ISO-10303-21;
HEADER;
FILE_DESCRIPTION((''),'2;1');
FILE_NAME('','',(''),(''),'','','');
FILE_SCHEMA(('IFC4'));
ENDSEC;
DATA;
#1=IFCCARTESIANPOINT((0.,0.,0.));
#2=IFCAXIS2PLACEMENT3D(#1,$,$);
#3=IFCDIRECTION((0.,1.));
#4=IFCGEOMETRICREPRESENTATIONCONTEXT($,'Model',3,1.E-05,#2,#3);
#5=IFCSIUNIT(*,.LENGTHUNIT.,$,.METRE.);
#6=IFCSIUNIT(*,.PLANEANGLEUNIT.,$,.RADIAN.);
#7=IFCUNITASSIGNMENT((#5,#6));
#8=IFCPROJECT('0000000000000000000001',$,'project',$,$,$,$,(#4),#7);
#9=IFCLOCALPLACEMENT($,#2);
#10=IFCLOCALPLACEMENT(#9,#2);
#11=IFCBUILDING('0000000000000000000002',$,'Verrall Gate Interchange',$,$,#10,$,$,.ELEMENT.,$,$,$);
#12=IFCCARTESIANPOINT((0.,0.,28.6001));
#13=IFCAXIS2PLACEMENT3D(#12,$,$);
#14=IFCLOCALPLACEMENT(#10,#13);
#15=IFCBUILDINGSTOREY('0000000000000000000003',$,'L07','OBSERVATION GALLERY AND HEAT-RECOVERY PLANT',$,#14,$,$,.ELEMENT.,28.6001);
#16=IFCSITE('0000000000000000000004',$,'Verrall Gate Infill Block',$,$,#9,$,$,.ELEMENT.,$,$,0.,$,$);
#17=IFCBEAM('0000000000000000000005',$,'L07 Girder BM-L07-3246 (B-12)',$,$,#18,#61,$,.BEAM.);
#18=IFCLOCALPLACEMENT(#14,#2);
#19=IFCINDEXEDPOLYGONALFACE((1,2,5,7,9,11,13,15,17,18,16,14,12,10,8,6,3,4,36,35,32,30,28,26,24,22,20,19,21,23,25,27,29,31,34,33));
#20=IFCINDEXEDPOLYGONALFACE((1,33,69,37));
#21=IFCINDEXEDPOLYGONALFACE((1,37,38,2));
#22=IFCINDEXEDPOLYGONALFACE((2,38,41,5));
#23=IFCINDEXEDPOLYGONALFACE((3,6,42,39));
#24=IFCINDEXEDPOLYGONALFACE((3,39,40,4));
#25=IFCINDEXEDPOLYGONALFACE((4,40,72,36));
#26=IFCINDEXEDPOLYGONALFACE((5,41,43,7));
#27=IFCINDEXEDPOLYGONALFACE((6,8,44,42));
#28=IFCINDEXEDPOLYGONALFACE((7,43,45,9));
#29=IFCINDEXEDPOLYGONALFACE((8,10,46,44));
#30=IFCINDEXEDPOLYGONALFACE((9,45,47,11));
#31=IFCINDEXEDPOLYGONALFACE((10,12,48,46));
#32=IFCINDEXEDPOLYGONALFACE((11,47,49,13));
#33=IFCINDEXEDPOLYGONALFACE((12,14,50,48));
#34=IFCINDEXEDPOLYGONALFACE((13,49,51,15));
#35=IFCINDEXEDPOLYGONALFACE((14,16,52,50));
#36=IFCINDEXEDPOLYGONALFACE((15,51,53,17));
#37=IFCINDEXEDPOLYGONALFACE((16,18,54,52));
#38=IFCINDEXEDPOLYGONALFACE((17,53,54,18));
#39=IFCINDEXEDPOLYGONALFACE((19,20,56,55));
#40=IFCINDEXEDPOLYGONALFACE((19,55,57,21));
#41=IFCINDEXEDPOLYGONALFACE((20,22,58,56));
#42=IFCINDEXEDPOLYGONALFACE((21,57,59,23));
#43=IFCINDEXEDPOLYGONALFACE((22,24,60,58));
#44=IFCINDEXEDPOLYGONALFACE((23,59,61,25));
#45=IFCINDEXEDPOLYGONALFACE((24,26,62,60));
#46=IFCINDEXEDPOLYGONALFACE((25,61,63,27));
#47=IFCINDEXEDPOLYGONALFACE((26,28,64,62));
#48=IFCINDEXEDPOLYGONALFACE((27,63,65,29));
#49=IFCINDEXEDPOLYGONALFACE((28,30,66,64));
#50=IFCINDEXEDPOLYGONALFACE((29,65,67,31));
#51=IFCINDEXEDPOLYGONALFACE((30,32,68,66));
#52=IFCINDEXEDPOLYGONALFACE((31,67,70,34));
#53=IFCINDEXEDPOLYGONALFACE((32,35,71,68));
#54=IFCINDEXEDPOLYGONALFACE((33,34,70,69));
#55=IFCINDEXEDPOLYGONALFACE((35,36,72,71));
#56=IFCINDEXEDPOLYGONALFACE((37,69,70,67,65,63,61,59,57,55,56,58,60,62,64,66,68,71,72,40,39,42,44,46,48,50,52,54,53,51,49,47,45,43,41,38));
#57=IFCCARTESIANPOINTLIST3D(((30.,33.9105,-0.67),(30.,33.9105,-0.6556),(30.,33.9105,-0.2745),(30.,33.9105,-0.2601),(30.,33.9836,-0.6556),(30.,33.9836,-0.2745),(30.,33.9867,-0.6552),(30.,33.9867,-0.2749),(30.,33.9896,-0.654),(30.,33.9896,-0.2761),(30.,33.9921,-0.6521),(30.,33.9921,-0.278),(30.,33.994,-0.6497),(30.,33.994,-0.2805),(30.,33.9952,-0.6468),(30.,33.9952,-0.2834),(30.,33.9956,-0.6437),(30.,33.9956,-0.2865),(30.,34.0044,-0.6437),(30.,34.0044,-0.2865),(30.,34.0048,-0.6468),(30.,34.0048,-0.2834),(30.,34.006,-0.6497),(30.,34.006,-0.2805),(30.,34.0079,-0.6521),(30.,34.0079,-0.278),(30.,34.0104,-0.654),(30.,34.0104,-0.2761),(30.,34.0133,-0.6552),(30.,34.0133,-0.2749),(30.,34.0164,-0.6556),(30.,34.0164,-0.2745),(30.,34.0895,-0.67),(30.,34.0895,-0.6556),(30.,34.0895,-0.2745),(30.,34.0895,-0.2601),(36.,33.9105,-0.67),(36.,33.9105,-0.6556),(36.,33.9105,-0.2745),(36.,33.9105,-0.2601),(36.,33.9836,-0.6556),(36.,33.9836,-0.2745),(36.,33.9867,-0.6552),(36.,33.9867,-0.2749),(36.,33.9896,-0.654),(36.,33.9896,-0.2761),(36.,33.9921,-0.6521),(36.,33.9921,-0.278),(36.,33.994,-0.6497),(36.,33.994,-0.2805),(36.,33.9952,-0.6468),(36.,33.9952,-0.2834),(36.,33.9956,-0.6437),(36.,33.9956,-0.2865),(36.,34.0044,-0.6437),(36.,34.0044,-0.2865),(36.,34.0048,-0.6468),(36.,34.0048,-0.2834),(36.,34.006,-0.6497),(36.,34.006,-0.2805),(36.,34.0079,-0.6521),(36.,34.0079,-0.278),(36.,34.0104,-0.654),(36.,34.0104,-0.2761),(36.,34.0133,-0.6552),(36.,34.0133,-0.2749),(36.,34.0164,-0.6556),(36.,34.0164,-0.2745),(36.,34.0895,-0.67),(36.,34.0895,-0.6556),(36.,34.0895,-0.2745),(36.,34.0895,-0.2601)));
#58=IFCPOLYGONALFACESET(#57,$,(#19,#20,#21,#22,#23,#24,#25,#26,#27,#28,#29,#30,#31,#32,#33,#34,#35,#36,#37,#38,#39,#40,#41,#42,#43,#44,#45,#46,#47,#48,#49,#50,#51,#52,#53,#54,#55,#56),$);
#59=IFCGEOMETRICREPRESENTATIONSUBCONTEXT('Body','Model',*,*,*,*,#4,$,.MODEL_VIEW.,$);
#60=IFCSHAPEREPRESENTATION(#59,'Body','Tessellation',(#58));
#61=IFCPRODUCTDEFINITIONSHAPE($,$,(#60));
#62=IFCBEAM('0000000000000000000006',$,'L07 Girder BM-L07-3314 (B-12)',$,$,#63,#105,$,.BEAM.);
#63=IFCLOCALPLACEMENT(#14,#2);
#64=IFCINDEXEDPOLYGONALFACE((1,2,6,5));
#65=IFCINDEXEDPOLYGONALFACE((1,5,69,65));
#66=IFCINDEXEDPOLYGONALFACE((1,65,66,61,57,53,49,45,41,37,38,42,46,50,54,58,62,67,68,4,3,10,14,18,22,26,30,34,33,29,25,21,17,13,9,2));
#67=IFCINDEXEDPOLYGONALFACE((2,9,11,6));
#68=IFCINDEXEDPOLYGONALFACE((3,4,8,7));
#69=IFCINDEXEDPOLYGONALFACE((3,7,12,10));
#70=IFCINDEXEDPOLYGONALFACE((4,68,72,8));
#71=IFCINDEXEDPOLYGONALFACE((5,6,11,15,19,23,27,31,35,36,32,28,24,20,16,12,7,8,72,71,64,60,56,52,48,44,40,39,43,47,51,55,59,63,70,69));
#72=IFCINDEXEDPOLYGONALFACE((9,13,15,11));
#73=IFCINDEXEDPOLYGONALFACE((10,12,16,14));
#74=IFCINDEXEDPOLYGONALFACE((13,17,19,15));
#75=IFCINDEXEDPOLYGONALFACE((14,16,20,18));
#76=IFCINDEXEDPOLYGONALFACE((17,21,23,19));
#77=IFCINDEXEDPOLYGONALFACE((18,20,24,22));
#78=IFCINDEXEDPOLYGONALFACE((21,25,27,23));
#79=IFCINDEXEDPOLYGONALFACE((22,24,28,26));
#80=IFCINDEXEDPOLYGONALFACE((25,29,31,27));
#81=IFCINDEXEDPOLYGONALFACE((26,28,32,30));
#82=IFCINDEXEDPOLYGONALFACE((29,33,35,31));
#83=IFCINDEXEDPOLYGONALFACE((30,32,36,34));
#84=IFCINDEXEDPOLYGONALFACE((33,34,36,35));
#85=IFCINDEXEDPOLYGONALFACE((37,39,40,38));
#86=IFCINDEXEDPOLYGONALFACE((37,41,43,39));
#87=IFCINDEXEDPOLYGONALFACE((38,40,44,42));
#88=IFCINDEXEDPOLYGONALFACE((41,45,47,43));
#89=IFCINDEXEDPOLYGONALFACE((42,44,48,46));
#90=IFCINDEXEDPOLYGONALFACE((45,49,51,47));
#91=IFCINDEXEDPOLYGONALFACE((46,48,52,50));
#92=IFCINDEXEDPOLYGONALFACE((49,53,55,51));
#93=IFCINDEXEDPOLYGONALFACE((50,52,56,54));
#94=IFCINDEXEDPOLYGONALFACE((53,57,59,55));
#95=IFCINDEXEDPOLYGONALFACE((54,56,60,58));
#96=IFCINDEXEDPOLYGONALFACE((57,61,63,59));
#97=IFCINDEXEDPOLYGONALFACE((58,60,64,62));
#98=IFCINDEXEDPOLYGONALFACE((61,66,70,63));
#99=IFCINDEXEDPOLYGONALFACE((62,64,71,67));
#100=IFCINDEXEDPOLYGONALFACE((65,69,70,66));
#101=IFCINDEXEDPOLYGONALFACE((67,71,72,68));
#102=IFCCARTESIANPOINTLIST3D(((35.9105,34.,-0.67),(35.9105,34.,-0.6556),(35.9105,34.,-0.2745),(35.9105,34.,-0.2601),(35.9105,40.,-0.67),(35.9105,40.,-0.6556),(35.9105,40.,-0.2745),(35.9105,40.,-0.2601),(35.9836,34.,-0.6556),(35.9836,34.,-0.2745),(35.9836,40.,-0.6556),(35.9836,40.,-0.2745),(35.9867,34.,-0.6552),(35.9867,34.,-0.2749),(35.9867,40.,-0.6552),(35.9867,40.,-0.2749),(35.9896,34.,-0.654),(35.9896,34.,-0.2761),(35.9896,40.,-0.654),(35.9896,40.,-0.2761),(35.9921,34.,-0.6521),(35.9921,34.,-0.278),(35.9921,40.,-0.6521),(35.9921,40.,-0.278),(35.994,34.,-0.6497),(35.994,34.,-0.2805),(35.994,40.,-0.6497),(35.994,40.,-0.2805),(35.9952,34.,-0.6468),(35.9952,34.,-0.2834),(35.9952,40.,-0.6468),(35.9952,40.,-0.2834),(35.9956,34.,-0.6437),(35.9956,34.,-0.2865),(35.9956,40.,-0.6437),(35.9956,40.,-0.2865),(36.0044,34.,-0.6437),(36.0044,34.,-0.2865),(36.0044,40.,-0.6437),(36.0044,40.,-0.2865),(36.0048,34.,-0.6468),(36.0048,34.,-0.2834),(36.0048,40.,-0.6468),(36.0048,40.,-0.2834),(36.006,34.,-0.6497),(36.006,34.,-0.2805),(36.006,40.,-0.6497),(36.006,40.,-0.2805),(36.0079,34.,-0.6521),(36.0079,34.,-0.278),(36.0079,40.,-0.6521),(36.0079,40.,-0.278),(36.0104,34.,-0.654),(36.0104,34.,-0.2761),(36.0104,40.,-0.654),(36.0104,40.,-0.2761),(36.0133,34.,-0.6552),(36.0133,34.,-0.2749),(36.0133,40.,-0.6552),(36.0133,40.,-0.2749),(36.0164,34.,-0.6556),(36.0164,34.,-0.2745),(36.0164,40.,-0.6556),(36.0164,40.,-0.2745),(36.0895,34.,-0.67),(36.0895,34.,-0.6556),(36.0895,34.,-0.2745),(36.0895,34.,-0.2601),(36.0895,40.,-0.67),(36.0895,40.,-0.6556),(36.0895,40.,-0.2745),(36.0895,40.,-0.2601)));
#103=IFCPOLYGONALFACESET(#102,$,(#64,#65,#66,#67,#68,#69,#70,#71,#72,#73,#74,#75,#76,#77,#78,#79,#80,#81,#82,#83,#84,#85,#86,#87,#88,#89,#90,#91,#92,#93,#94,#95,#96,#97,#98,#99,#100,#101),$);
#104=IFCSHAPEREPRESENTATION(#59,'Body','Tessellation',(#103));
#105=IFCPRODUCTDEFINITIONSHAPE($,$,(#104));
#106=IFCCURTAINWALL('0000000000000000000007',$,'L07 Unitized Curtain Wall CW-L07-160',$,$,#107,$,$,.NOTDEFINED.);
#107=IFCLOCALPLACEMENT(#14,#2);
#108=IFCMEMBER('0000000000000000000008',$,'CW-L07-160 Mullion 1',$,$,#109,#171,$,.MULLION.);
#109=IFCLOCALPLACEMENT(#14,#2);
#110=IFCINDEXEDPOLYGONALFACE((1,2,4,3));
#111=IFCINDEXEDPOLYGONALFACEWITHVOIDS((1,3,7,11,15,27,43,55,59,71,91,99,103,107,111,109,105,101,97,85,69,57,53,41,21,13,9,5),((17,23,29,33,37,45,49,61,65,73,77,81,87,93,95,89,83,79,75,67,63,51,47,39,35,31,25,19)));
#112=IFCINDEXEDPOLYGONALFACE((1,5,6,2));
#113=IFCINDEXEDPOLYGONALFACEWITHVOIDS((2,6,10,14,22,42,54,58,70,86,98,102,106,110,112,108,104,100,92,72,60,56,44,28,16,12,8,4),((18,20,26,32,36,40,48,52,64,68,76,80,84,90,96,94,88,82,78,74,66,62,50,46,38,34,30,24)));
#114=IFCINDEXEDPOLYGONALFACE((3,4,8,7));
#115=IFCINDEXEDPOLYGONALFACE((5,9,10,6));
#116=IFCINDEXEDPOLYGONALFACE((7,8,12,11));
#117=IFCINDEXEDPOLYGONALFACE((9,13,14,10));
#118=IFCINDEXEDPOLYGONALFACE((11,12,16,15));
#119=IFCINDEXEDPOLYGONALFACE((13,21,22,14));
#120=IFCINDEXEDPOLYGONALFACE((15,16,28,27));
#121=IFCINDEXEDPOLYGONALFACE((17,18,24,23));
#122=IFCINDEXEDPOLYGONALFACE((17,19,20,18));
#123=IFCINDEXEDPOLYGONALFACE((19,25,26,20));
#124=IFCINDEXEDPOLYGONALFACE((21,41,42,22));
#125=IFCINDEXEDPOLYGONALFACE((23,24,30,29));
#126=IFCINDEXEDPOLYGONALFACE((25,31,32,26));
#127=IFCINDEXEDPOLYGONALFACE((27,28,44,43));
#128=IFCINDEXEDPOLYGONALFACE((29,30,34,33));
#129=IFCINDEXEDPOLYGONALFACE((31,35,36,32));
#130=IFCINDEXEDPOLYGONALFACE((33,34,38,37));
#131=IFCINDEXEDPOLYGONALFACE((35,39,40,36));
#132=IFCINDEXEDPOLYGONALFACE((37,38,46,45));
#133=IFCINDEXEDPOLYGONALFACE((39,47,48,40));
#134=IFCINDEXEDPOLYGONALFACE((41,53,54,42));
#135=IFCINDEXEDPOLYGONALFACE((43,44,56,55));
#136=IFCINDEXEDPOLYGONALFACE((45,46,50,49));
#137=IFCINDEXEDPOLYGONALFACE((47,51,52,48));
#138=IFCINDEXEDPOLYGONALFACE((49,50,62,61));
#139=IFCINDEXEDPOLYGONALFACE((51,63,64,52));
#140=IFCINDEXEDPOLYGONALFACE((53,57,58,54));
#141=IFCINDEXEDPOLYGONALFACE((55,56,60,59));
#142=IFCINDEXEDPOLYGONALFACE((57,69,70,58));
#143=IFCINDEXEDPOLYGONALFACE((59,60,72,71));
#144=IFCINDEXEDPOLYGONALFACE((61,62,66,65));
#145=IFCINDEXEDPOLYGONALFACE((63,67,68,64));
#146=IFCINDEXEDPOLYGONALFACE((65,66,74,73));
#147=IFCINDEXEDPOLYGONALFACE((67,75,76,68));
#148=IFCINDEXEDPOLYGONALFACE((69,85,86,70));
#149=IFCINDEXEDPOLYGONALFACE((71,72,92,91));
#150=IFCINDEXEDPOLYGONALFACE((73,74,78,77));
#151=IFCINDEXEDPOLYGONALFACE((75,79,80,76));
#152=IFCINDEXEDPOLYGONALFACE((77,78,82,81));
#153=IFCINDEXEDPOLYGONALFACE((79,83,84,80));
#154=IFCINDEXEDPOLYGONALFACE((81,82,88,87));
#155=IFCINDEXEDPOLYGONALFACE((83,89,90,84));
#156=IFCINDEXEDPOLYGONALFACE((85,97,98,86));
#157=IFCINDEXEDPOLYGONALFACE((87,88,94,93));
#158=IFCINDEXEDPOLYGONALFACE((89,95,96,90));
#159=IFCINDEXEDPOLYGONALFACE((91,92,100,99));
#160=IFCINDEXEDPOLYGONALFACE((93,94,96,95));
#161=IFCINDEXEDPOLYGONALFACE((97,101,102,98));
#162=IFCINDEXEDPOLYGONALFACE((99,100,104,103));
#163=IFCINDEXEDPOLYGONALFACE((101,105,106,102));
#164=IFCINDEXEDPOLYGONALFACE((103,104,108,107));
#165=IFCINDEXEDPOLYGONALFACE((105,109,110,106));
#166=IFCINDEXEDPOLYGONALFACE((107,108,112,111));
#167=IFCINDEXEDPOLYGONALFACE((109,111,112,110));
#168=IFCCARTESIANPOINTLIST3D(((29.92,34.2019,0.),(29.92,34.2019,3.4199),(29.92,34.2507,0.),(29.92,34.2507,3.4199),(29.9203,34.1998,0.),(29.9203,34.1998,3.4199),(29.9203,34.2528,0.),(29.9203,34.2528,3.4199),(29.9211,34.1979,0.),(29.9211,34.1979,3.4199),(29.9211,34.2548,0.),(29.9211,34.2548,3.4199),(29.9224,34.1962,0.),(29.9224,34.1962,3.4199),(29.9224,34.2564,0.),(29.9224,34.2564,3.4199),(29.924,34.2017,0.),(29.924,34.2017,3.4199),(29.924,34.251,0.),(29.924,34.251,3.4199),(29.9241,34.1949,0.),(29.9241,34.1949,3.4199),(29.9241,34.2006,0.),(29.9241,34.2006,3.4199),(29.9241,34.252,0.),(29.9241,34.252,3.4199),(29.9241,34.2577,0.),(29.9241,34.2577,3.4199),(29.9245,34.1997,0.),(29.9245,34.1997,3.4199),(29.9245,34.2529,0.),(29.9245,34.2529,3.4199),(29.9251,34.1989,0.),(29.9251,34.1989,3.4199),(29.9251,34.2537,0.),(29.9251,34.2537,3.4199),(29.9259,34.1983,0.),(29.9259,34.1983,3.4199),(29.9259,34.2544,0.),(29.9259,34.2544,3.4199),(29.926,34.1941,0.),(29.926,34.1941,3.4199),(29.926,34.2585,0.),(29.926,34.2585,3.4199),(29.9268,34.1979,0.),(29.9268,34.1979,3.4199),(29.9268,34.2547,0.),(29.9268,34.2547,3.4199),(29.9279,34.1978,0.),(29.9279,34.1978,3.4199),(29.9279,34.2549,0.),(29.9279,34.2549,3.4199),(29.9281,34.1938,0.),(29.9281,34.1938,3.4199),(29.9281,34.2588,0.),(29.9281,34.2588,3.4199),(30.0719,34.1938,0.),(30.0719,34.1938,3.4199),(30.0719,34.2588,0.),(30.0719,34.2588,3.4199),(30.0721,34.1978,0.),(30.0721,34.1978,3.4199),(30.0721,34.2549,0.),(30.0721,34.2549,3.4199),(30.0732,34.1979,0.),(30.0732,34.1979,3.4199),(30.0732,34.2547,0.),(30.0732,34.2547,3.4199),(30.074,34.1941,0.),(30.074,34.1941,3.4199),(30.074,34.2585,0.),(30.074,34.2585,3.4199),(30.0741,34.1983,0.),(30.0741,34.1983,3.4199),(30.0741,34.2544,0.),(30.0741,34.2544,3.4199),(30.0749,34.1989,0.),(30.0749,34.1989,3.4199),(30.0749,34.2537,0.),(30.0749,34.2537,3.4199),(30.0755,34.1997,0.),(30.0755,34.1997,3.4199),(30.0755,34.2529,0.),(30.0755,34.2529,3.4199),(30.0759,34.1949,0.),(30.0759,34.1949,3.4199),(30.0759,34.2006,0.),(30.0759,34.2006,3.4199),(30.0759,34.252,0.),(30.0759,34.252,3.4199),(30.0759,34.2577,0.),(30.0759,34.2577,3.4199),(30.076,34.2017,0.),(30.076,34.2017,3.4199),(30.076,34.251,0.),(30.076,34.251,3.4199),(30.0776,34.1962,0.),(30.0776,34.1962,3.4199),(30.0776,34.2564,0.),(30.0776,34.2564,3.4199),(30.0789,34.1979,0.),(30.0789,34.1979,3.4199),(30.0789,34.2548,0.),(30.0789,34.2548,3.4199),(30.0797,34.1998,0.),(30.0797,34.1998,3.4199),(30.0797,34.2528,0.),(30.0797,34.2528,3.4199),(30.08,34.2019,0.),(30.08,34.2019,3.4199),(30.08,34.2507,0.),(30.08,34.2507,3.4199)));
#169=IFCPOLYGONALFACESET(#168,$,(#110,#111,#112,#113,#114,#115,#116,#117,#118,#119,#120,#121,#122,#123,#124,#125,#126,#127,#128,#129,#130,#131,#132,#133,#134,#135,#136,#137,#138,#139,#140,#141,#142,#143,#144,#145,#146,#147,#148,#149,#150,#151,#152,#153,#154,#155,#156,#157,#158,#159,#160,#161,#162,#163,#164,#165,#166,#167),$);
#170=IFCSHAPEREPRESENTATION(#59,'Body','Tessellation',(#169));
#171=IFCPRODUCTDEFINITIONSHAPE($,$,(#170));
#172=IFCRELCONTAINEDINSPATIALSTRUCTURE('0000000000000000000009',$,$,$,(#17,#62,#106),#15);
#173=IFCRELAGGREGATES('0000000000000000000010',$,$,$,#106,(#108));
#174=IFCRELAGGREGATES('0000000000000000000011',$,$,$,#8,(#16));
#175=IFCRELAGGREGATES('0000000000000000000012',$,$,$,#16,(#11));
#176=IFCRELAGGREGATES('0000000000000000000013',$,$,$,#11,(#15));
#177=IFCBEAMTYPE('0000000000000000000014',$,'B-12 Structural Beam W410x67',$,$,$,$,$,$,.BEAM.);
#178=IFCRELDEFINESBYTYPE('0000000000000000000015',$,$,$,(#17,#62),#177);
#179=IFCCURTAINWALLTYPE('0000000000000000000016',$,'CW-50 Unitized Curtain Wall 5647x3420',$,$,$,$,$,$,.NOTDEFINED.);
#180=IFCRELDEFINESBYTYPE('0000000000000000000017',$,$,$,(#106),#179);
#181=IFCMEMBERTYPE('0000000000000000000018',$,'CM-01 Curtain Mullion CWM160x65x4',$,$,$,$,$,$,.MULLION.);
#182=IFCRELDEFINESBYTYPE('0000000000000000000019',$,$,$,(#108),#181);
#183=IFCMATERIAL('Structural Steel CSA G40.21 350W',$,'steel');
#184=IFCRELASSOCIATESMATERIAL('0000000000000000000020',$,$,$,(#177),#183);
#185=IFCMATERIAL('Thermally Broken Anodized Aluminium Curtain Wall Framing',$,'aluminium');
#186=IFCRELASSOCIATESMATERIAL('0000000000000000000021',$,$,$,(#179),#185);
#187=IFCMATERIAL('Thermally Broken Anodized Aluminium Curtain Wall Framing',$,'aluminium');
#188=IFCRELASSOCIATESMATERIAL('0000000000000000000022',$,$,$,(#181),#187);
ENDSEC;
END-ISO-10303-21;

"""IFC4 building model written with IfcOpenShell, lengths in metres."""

from ifc_helpers import new_model, si_unit, direction, frame, origin, origin_2d, place, context, subcontext, project, spatial, hollow_rectangle, i_section, extrude, material, material_profile, profile_set, type_object, element, aggregate, save


model = new_model("IFC4")

# Units and contexts
model_context = context("Model", 3, precision=1e-05, world=origin(), true_north=direction((0.0, 1.0)))
body_context = subcontext(model_context, "Body", "Model", "MODEL_VIEW")
ifc_project = project(units=[si_unit("LENGTHUNIT", "METRE"), si_unit("PLANEANGLEUNIT", "RADIAN")], contexts=[model_context])

# Site, building, storey
site_placement = place(None, origin())
site = spatial("IfcSite", under=ifc_project, at=site_placement, Name="Verrall Gate Infill Block", CompositionType="ELEMENT", RefElevation=0.0)
building_placement = place(site_placement, origin())
building = spatial("IfcBuilding", under=site, at=building_placement, Name="Verrall Gate Interchange", CompositionType="ELEMENT")
storey_placement = place(building_placement, frame((0.0, 0.0, 28.6001)))
storey = spatial("IfcBuildingStorey", under=building, at=storey_placement, Name="L07", Description="OBSERVATION GALLERY AND HEAT-RECOVERY PLANT", CompositionType="ELEMENT", Elevation=28.6001)

# Beams
ifc_material_1 = material(Name="Structural Steel CSA G40.21 350W", Category="steel")
ifc_material_profile_1 = material_profile(ifc_material_1, i_section(OverallWidth=0.179, OverallDepth=0.4099, WebThickness=0.0088, FlangeThickness=0.0144, FilletRadius=0.012, at=origin_2d()), Name="W410x67")
ifc_profile_set_1 = profile_set([ifc_material_profile_1], Name="Structural Steel CSA G40.21 350W")
beam_type_1 = type_object("IfcBeamType", Name="B-12 Structural Beam W410x67", PredefinedType="BEAM", material=ifc_profile_set_1)
for number, where, z_axis, x_axis, name in (
    (1, (30.0, 34.0, -0.4651), (1.0, 0.0, 0.0), (0.0, 1.0, 0.0), "L07 Girder BM-L07-3246 (B-12)"),
    (2, (36.0, 34.0, -0.4651), (0.0, 1.0, 0.0), (-1.0, 0.0, 0.0), "L07 Girder BM-L07-3314 (B-12)"),
):
    element("IfcBeam", number, at=place(storey_placement, frame(where, z_axis=z_axis, x_axis=x_axis)), inside=storey, type_object=beam_type_1, Name=name, PredefinedType="BEAM", context=body_context, shape_type="SweptSolid", body=[
        extrude(i_section(OverallWidth=0.179, OverallDepth=0.4099, WebThickness=0.0088, FlangeThickness=0.0144, FilletRadius=0.012, at=origin_2d()), origin(), (0.0, 0.0, 1.0), 6.0),
    ])

# Curtain wall, member
ifc_material_2 = material(Name="Thermally Broken Anodized Aluminium Curtain Wall Framing", Category="aluminium")
curtain_wall_type = type_object("IfcCurtainWallType", Name="CW-50 Unitized Curtain Wall 5647x3420", PredefinedType="NOTDEFINED", material=ifc_material_2)
curtain_wall_1_placement = place(storey_placement, origin())
curtain_wall_1 = element("IfcCurtainWall", 3, at=curtain_wall_1_placement, inside=storey, type_object=curtain_wall_type, Name="L07 Unitized Curtain Wall CW-L07-160", PredefinedType="NOTDEFINED")
ifc_material_3 = material(Name="Thermally Broken Anodized Aluminium Curtain Wall Framing", Category="aluminium")
ifc_material_profile_2 = material_profile(ifc_material_3, hollow_rectangle(XDim=0.0649, YDim=0.1599, WallThickness=0.0039, InnerFilletRadius=0.0039, OuterFilletRadius=0.0081, at=origin_2d()), Name="CWM160x65x4")
ifc_profile_set_2 = profile_set([ifc_material_profile_2], Name="Thermally Broken Anodized Aluminium Curtain Wall Framing")
member_type_1 = type_object("IfcMemberType", Name="CM-01 Curtain Mullion CWM160x65x4", PredefinedType="MULLION", material=ifc_profile_set_2)
member_1_placement = place(storey_placement, frame((30.0, 34.2263, 0.0), z_axis=(0.0, 0.0, 1.0), x_axis=(0.0, 1.0, 0.0)))
member_1 = element("IfcMember", 4, at=member_1_placement, type_object=member_type_1, Name="CW-L07-160 Mullion 1", PredefinedType="MULLION", context=body_context, shape_type="SweptSolid", body=[
    extrude(hollow_rectangle(XDim=0.0649, YDim=0.1599, WallThickness=0.0039, InnerFilletRadius=0.0039, OuterFilletRadius=0.0081, at=origin_2d()), origin(), (0.0, 0.0, 1.0), 3.4199),
])

aggregate(curtain_wall_1, [member_1])

save(model, "model.ifc")
